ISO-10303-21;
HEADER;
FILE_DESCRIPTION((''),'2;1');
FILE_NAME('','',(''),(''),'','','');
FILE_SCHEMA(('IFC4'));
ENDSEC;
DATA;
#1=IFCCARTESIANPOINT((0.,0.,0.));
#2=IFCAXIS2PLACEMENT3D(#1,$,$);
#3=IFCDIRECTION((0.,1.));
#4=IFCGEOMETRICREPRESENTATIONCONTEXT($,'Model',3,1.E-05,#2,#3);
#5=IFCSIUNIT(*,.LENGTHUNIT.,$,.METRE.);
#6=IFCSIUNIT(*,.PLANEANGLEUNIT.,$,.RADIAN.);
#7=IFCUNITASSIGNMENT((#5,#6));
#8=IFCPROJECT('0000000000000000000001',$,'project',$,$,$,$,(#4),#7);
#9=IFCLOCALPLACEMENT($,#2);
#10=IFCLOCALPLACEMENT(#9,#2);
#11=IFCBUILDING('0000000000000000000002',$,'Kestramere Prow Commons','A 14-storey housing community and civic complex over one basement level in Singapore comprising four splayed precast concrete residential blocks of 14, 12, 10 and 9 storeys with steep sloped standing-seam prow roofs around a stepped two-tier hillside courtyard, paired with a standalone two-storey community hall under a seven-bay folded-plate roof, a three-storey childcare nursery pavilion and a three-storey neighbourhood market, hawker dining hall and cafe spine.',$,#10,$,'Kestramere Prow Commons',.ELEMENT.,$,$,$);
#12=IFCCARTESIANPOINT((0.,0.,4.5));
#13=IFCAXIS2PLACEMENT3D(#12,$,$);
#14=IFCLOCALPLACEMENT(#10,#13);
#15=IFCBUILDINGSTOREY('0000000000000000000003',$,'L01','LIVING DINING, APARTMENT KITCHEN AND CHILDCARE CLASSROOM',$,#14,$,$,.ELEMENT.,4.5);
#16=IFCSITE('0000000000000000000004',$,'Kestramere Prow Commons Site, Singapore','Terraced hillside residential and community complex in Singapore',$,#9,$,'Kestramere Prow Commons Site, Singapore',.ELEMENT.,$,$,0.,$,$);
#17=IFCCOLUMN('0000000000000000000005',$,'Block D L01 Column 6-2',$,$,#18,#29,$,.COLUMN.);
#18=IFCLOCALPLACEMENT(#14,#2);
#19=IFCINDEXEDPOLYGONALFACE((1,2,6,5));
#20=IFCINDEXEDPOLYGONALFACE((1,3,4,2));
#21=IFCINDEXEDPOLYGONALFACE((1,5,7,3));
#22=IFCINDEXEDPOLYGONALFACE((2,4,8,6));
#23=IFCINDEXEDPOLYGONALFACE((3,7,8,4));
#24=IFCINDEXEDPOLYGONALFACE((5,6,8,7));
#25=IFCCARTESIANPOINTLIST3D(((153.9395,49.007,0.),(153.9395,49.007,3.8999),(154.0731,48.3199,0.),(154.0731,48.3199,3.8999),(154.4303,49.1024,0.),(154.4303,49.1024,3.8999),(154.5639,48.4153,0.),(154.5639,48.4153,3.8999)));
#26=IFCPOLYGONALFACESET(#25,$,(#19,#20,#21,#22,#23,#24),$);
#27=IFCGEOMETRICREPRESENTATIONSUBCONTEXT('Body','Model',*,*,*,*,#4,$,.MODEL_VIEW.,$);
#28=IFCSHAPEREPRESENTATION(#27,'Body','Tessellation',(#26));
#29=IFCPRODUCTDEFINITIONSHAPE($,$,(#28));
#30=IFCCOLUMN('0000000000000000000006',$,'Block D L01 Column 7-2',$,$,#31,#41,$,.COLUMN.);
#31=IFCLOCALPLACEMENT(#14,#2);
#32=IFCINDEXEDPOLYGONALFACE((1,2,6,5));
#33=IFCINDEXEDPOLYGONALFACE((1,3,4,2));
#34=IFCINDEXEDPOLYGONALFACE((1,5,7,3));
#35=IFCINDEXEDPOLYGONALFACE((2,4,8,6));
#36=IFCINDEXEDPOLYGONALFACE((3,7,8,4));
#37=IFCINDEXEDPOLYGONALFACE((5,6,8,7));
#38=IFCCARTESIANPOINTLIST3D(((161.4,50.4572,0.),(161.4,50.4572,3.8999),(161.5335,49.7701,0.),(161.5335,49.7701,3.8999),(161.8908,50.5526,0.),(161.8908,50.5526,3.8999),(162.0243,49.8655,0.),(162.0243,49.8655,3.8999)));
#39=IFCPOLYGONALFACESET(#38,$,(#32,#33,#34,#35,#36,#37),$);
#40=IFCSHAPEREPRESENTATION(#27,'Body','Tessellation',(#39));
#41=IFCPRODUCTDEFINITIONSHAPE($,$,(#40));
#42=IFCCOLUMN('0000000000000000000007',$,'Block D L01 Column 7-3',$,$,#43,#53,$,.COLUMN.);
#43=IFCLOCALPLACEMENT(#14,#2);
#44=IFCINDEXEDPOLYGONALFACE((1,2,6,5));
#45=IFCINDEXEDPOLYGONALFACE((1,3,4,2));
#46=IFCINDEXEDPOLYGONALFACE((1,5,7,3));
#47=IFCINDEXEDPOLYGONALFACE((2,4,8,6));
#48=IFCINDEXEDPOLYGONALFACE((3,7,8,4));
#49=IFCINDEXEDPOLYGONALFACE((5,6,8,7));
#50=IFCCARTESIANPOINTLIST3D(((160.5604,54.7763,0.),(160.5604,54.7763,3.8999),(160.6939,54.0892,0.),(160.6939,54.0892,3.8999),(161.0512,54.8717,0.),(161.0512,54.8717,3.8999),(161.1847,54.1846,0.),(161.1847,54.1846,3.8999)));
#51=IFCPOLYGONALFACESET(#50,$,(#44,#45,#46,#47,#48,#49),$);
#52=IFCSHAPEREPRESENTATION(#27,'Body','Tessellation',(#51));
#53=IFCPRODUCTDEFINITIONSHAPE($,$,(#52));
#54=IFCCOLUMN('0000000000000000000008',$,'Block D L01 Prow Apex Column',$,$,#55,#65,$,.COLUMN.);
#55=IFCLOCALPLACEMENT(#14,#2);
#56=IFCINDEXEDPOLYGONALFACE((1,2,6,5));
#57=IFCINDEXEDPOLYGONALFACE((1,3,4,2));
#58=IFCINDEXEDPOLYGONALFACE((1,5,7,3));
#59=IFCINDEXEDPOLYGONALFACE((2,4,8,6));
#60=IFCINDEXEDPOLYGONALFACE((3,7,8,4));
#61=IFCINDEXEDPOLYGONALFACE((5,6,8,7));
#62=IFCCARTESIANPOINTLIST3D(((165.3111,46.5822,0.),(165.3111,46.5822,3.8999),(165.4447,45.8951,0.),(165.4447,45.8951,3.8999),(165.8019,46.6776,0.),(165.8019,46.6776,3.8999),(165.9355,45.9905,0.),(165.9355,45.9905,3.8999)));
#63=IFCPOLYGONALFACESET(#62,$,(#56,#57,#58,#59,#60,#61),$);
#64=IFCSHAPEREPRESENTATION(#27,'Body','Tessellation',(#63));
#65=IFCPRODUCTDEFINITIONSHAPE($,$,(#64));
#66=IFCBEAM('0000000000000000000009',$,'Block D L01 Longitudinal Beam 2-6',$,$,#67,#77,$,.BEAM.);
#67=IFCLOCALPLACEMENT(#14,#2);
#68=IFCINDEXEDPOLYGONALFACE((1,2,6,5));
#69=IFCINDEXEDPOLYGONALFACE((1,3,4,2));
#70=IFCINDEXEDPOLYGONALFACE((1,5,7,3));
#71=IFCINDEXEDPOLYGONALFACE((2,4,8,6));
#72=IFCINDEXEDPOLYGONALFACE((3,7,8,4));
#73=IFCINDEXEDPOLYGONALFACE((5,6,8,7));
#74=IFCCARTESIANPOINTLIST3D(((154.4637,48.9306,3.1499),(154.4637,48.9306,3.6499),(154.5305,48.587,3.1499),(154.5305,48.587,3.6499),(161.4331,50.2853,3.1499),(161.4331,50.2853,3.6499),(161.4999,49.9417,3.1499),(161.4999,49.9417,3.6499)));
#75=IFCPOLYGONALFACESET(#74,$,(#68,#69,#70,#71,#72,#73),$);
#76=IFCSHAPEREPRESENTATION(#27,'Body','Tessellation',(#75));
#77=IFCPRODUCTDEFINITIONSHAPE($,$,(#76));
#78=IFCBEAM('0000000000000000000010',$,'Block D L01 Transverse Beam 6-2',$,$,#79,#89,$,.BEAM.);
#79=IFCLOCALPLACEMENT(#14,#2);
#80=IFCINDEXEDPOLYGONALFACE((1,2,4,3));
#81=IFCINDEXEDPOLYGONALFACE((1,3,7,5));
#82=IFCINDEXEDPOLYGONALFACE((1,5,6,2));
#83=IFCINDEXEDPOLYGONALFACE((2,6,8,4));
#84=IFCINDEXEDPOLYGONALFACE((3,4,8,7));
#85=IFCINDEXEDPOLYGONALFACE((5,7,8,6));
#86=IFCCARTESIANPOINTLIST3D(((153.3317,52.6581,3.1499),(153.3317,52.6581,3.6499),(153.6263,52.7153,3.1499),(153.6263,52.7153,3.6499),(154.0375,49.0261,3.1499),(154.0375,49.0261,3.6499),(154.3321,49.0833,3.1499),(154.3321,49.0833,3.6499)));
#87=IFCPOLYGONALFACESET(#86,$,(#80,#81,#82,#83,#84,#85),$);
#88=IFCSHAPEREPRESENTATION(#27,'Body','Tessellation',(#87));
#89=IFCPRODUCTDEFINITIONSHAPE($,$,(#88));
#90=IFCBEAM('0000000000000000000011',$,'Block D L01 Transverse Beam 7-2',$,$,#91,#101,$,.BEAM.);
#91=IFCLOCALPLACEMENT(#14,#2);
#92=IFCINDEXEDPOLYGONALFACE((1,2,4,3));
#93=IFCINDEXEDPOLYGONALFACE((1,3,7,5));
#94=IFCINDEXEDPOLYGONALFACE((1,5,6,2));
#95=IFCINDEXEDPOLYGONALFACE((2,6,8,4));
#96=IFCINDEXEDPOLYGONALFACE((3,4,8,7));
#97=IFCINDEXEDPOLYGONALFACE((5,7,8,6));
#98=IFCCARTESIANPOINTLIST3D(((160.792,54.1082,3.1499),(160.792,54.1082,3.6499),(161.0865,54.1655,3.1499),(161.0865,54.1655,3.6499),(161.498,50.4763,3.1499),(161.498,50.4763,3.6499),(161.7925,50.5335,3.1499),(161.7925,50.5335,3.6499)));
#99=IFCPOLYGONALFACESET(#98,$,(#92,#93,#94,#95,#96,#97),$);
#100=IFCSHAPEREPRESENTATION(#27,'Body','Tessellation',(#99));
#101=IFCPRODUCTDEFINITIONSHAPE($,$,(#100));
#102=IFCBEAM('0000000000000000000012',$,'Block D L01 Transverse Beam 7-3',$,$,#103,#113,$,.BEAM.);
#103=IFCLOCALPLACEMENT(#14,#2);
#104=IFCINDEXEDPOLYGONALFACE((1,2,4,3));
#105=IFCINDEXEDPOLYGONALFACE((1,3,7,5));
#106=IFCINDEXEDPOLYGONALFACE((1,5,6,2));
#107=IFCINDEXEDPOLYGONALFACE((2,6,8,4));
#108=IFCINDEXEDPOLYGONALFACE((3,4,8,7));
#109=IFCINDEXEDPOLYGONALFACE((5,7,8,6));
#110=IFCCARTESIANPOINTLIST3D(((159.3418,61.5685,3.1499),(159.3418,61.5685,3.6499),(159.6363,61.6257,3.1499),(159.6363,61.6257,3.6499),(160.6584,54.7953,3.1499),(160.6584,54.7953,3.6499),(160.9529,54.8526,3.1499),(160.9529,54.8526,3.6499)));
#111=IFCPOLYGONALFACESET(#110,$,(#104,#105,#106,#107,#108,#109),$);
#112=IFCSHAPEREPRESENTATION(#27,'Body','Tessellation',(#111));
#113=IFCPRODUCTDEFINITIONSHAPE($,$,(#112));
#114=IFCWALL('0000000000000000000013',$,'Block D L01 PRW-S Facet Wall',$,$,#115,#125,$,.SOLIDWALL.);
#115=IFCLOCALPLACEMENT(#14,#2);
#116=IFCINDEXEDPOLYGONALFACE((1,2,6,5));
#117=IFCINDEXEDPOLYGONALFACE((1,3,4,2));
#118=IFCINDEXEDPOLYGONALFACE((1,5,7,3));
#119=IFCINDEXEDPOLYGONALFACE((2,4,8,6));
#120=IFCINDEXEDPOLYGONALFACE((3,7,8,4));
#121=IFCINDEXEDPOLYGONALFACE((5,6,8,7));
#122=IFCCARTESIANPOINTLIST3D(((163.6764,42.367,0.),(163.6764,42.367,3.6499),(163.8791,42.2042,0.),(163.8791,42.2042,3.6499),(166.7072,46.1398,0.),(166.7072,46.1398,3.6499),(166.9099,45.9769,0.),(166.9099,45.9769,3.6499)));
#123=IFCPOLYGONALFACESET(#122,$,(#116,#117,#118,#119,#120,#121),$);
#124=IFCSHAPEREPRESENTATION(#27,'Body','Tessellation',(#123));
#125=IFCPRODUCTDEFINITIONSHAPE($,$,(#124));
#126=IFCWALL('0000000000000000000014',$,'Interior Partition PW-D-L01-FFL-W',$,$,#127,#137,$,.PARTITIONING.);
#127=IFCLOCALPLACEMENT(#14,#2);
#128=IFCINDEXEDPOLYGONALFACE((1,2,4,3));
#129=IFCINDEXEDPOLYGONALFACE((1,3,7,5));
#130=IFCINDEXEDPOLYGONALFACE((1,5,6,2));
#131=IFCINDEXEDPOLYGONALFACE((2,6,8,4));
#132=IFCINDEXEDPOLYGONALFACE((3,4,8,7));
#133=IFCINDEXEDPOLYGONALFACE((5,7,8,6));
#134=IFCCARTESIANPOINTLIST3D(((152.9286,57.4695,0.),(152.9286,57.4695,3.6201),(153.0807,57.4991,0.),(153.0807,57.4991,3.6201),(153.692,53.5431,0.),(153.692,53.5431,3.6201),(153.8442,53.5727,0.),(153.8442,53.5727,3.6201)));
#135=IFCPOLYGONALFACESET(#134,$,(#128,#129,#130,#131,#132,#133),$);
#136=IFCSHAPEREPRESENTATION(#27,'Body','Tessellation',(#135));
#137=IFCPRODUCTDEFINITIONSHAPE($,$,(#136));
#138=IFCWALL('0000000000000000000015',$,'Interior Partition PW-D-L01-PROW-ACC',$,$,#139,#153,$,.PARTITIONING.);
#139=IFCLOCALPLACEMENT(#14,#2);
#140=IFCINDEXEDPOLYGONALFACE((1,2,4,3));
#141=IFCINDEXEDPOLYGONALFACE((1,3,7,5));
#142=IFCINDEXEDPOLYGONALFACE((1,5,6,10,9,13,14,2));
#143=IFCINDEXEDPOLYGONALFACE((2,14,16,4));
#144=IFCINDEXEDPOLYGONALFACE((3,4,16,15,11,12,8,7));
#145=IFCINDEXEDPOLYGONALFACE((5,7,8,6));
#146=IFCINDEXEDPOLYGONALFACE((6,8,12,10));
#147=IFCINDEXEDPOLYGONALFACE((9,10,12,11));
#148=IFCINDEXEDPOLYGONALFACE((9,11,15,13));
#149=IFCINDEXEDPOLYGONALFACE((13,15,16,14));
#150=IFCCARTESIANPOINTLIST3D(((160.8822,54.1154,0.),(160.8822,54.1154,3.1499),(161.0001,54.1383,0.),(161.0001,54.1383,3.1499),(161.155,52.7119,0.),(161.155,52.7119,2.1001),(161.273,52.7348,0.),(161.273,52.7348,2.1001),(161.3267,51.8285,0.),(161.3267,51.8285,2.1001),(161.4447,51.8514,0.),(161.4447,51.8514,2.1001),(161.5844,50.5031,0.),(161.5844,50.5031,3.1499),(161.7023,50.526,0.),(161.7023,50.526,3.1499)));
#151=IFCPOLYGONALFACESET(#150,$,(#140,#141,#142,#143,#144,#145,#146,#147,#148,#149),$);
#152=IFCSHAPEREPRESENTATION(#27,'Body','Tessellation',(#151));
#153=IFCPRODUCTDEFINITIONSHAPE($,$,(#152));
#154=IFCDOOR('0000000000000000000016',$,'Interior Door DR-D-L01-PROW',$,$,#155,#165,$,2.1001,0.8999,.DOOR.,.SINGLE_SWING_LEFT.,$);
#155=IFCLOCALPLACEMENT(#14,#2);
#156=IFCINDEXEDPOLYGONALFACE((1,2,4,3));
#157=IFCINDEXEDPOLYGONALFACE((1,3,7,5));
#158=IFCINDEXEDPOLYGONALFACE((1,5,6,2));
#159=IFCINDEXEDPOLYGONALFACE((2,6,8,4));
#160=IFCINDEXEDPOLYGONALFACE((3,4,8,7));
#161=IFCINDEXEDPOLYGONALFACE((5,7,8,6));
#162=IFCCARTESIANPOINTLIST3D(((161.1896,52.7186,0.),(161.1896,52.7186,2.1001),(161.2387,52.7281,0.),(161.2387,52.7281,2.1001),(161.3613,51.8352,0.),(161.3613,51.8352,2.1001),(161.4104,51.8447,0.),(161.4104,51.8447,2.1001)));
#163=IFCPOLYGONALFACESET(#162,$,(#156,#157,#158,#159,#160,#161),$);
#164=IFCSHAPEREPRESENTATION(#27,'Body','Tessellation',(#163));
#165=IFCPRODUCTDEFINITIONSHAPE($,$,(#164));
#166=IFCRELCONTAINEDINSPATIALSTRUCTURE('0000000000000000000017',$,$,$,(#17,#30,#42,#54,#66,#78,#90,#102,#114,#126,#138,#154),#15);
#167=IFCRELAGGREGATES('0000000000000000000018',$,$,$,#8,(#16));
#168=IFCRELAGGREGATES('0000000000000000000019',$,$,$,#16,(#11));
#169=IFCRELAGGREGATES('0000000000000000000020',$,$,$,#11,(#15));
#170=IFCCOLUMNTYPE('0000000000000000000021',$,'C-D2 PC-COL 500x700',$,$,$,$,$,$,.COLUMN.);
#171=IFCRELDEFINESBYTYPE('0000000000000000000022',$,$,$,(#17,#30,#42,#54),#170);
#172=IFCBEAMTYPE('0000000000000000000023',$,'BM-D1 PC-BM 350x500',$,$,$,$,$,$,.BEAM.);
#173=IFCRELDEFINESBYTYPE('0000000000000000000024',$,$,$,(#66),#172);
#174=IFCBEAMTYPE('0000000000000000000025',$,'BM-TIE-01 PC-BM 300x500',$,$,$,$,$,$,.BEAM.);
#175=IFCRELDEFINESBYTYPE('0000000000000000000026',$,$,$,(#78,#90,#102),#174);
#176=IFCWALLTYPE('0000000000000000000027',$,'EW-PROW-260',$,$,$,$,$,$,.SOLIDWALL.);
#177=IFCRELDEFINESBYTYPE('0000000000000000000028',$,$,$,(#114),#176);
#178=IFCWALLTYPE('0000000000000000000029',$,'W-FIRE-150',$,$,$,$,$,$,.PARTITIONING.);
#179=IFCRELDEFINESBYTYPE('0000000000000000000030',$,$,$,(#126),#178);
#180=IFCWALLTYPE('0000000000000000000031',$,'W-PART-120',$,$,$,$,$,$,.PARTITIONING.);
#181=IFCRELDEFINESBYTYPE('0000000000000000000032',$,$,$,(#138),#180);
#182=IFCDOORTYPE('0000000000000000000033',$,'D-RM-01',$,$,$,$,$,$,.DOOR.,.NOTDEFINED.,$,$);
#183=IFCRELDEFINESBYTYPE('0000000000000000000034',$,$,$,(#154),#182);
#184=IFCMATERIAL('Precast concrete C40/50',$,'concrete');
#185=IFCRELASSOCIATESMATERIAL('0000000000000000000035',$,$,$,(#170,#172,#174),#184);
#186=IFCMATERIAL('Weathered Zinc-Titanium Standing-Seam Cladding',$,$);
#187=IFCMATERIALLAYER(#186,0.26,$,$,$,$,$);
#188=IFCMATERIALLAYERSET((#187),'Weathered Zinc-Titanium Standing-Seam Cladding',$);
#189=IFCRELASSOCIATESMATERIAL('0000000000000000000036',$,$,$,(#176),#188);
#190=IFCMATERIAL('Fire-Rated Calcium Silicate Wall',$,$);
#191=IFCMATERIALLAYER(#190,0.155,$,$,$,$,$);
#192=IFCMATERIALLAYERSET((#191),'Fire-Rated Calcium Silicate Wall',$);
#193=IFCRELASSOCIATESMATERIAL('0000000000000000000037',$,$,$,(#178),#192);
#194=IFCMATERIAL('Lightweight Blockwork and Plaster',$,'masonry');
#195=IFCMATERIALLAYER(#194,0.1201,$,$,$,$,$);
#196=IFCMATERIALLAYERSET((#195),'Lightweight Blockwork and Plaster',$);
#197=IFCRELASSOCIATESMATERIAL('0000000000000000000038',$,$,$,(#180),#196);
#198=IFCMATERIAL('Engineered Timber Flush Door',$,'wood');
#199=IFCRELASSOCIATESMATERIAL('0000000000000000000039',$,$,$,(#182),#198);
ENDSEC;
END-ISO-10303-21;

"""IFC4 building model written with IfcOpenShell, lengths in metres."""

from ifc_helpers import new_model, si_unit, direction, frame, frame_2d, origin, origin_2d, place, context, subcontext, project, spatial, rectangle, extrude, material, layer, layer_set, material_profile, profile_set, type_object, element, fill, save


model = new_model("IFC4")

# Units and contexts
model_context = context("Model", 3, precision=1e-05, world=origin(), true_north=direction((0.0, 1.0)))
body_context = subcontext(model_context, "Body", "Model", "MODEL_VIEW")
ifc_project = project(units=[si_unit("LENGTHUNIT", "METRE"), si_unit("PLANEANGLEUNIT", "RADIAN")], contexts=[model_context])

# Site, building, storey
site_placement = place(None, origin())
site = spatial("IfcSite", under=ifc_project, at=site_placement, Name="Kestramere Prow Commons Site, Singapore", Description="Terraced hillside residential and community complex in Singapore", LongName="Kestramere Prow Commons Site, Singapore", CompositionType="ELEMENT", RefElevation=0.0)
building_placement = place(site_placement, origin())
building = spatial("IfcBuilding", under=site, at=building_placement, Name="Kestramere Prow Commons", Description="A 14-storey housing community and civic complex over one basement level in Singapore comprising four splayed precast concrete residential blocks of 14, 12, 10 and 9 storeys with steep sloped standing-seam prow roofs around a stepped two-tier hillside courtyard, paired with a standalone two-storey community hall under a seven-bay folded-plate roof, a three-storey childcare nursery pavilion and a three-storey neighbourhood market, hawker dining hall and cafe spine.", LongName="Kestramere Prow Commons", CompositionType="ELEMENT")
storey_placement = place(building_placement, frame((0.0, 0.0, 4.5)))
storey = spatial("IfcBuildingStorey", under=building, at=storey_placement, Name="L01", Description="LIVING DINING, APARTMENT KITCHEN AND CHILDCARE CLASSROOM", CompositionType="ELEMENT", Elevation=4.5)

# Columns
ifc_material_1 = material(Name="Precast concrete C40/50", Category="concrete")
ifc_material_profile_1 = material_profile(ifc_material_1, rectangle(XDim=0.5, YDim=0.7, at=origin_2d()), Name="PC-COL 500x700")
ifc_profile_set_1 = profile_set([ifc_material_profile_1], Name="Precast concrete C40/50")
column_type = type_object("IfcColumnType", Name="C-D2 PC-COL 500x700", PredefinedType="COLUMN", material=ifc_profile_set_1)
for number, where, z_axis, x_axis, name in (
    (1, (154.2517, 48.7112, 0.0), (0.0, 0.0, 1.0), (0.981627, 0.190809, 0.0), "Block D L01 Column 6-2"),
    (2, (161.7122, 50.1614, 0.0), (0.0, 0.0, 1.0), (0.981627, 0.190809, 0.0), "Block D L01 Column 7-2"),
    (3, (160.8726, 54.4805, 0.0), (0.0, 0.0, 1.0), (0.981627, 0.190809, 0.0), "Block D L01 Column 7-3"),
    (4, (165.6233, 46.2864, 0.0), (0.0, 0.0, 1.0), (0.981627, 0.190809, 0.0), "Block D L01 Prow Apex Column"),
):
    element("IfcColumn", number, at=place(storey_placement, frame(where, z_axis=z_axis, x_axis=x_axis)), inside=storey, type_object=column_type, Name=name, PredefinedType="COLUMN", context=body_context, shape_type="SweptSolid", body=[
        extrude(rectangle(XDim=0.5, YDim=0.7, at=origin_2d()), origin(), (0.0, 0.0, 1.0), 3.8999),
    ])

# Beams
ifc_material_profile_2 = material_profile(ifc_material_1, rectangle(XDim=0.3501, YDim=0.5, at=origin_2d()), Name="PC-BM 350x500")
ifc_profile_set_2 = profile_set([ifc_material_profile_2], Name="Precast concrete C40/50")
beam_type_1 = type_object("IfcBeamType", Name="BM-D1 PC-BM 350x500", PredefinedType="BEAM", material=ifc_profile_set_2)
beam_1_placement = place(storey_placement, frame((154.4971, 48.7588, 3.3999), z_axis=(0.981627, 0.19081, 0.0), x_axis=(-0.19081, 0.981627, 0.0)))
element("IfcBeam", 5, at=beam_1_placement, inside=storey, type_object=beam_type_1, Name="Block D L01 Longitudinal Beam 2-6", PredefinedType="BEAM", context=body_context, shape_type="SweptSolid", body=[
    extrude(rectangle(XDim=0.3501, YDim=0.5, at=origin_2d()), origin(), (0.0, 0.0, 1.0), 7.0999),
])
ifc_material_profile_3 = material_profile(ifc_material_1, rectangle(XDim=0.3, YDim=0.5, at=origin_2d()), Name="PC-BM 300x500")
ifc_profile_set_3 = profile_set([ifc_material_profile_3], Name="Precast concrete C40/50")
beam_type_2 = type_object("IfcBeamType", Name="BM-TIE-01 PC-BM 300x500", PredefinedType="BEAM", material=ifc_profile_set_3)
for number, where, z_axis, x_axis, name in (
    (6, (154.1848, 49.0547, 3.3999), (-0.190758, 0.981637, 0.0), (-0.981637, -0.190758, 0.0), "Block D L01 Transverse Beam 6-2"),
    (7, (161.6453, 50.5049, 3.3999), (-0.190822, 0.981625, 0.0), (-0.981625, -0.190822, 0.0), "Block D L01 Transverse Beam 7-2"),
):
    element("IfcBeam", number, at=place(storey_placement, frame(where, z_axis=z_axis, x_axis=x_axis)), inside=storey, type_object=beam_type_2, Name=name, PredefinedType="BEAM", context=body_context, shape_type="SweptSolid", body=[
        extrude(rectangle(XDim=0.3, YDim=0.5, at=origin_2d()), origin(), (0.0, 0.0, 1.0), 3.7),
    ])
beam_2_placement = place(storey_placement, frame((160.8057, 54.824, 3.3999), z_axis=(-0.190819, 0.981625, 0.0), x_axis=(-0.981625, -0.190819, 0.0)))
element("IfcBeam", 8, at=beam_2_placement, inside=storey, type_object=beam_type_2, Name="Block D L01 Transverse Beam 7-3", PredefinedType="BEAM", context=body_context, shape_type="SweptSolid", body=[
    extrude(rectangle(XDim=0.3, YDim=0.5, at=origin_2d()), origin(), (0.0, 0.0, 1.0), 6.8999),
])

# Walls
ifc_material_2 = material(Name="Weathered Zinc-Titanium Standing-Seam Cladding")
ifc_layer_1 = layer(ifc_material_2, 0.26)
ifc_layer_set_1 = layer_set([ifc_layer_1], Name="Weathered Zinc-Titanium Standing-Seam Cladding")
wall_type_1 = type_object("IfcWallType", Name="EW-PROW-260", PredefinedType="SOLIDWALL", material=ifc_layer_set_1)
wall_1_placement = place(storey_placement, frame((166.8086, 46.0583, 0.0), z_axis=(0.0, 0.0, 1.0), x_axis=(-0.626281, -0.779597, 0.0)))
element("IfcWall", 9, at=wall_1_placement, inside=storey, type_object=wall_type_1, Name="Block D L01 PRW-S Facet Wall", PredefinedType="SOLIDWALL", context=body_context, shape_type="SweptSolid", body=[
    extrude(rectangle(XDim=4.8394, YDim=0.26, at=frame_2d((2.4197, 0.0))), origin(), (0.0, 0.0, 1.0), 3.6499),
])
ifc_material_3 = material(Name="Fire-Rated Calcium Silicate Wall")
ifc_layer_2 = layer(ifc_material_3, 0.155)
ifc_layer_set_2 = layer_set([ifc_layer_2], Name="Fire-Rated Calcium Silicate Wall")
wall_type_2 = type_object("IfcWallType", Name="W-FIRE-150", PredefinedType="PARTITIONING", material=ifc_layer_set_2)
wall_2_placement = place(storey_placement, frame((153.7681, 53.5579, 0.0), z_axis=(0.0, 0.0, 1.0), x_axis=(-0.190855, 0.981618, 0.0)))
element("IfcWall", 10, at=wall_2_placement, inside=storey, type_object=wall_type_2, Name="Interior Partition PW-D-L01-FFL-W", PredefinedType="PARTITIONING", context=body_context, shape_type="SweptSolid", body=[
    extrude(rectangle(XDim=4.0, YDim=0.155, at=frame_2d((2.0, 0.0))), origin(), (0.0, 0.0, 1.0), 3.6201),
])

# Wall, opening, door
ifc_material_4 = material(Name="Lightweight Blockwork and Plaster", Category="masonry")
ifc_layer_3 = layer(ifc_material_4, 0.1201)
ifc_layer_set_3 = layer_set([ifc_layer_3], Name="Lightweight Blockwork and Plaster")
wall_type_3 = type_object("IfcWallType", Name="W-PART-120", PredefinedType="PARTITIONING", material=ifc_layer_set_3)
wall_3_placement = place(storey_placement, frame((161.6433, 50.5146, 0.0), z_axis=(0.0, 0.0, 1.0), x_axis=(-0.190806, 0.981628, 0.0)))
wall_3 = element("IfcWall", 11, at=wall_3_placement, inside=storey, type_object=wall_type_3, Name="Interior Partition PW-D-L01-PROW-ACC", PredefinedType="PARTITIONING", context=body_context, shape_type="SweptSolid", body=[
    extrude(rectangle(XDim=3.6799, YDim=0.1201, at=frame_2d((1.8398, 0.0))), origin(), (0.0, 0.0, 1.0), 3.1499),
])
opening_1_placement = place(wall_3_placement, frame((1.3501, 0.0, 0.0)))
opening_1 = element("IfcOpeningElement", 12, at=opening_1_placement, cuts=wall_3, PredefinedType="OPENING", context=body_context, shape_type="SweptSolid", body=[
    extrude(rectangle(XDim=0.8999, YDim=2.1001, at=frame_2d((0.45, 1.05))), frame((0.0, 0.075, 0.0), z_axis=(0.0, -1.0, 0.0), x_axis=(1.0, 0.0, 0.0)), (0.0, 0.0, 1.0), 0.1501),
])
ifc_material_5 = material(Name="Engineered Timber Flush Door", Category="wood")
door_type_1 = type_object("IfcDoorType", Name="D-RM-01", OperationType="NOTDEFINED", PredefinedType="DOOR", material=ifc_material_5)
door_1_placement = place(opening_1_placement, origin())
door_1 = element("IfcDoor", 13, at=door_1_placement, inside=storey, type_object=door_type_1, Name="Interior Door DR-D-L01-PROW", OperationType="SINGLE_SWING_LEFT", OverallHeight=2.1001, OverallWidth=0.8999, PredefinedType="DOOR", context=body_context, shape_type="SweptSolid", body=[
    extrude(rectangle(XDim=0.8999, YDim=2.1001, at=frame_2d((0.45, 1.05))), frame((0.0, 0.0249, 0.0), z_axis=(0.0, -1.0, 0.0), x_axis=(1.0, 0.0, 0.0)), (0.0, 0.0, 1.0), 0.05),
])
fill(opening_1, door_1)

save(model, "model.ifc")
